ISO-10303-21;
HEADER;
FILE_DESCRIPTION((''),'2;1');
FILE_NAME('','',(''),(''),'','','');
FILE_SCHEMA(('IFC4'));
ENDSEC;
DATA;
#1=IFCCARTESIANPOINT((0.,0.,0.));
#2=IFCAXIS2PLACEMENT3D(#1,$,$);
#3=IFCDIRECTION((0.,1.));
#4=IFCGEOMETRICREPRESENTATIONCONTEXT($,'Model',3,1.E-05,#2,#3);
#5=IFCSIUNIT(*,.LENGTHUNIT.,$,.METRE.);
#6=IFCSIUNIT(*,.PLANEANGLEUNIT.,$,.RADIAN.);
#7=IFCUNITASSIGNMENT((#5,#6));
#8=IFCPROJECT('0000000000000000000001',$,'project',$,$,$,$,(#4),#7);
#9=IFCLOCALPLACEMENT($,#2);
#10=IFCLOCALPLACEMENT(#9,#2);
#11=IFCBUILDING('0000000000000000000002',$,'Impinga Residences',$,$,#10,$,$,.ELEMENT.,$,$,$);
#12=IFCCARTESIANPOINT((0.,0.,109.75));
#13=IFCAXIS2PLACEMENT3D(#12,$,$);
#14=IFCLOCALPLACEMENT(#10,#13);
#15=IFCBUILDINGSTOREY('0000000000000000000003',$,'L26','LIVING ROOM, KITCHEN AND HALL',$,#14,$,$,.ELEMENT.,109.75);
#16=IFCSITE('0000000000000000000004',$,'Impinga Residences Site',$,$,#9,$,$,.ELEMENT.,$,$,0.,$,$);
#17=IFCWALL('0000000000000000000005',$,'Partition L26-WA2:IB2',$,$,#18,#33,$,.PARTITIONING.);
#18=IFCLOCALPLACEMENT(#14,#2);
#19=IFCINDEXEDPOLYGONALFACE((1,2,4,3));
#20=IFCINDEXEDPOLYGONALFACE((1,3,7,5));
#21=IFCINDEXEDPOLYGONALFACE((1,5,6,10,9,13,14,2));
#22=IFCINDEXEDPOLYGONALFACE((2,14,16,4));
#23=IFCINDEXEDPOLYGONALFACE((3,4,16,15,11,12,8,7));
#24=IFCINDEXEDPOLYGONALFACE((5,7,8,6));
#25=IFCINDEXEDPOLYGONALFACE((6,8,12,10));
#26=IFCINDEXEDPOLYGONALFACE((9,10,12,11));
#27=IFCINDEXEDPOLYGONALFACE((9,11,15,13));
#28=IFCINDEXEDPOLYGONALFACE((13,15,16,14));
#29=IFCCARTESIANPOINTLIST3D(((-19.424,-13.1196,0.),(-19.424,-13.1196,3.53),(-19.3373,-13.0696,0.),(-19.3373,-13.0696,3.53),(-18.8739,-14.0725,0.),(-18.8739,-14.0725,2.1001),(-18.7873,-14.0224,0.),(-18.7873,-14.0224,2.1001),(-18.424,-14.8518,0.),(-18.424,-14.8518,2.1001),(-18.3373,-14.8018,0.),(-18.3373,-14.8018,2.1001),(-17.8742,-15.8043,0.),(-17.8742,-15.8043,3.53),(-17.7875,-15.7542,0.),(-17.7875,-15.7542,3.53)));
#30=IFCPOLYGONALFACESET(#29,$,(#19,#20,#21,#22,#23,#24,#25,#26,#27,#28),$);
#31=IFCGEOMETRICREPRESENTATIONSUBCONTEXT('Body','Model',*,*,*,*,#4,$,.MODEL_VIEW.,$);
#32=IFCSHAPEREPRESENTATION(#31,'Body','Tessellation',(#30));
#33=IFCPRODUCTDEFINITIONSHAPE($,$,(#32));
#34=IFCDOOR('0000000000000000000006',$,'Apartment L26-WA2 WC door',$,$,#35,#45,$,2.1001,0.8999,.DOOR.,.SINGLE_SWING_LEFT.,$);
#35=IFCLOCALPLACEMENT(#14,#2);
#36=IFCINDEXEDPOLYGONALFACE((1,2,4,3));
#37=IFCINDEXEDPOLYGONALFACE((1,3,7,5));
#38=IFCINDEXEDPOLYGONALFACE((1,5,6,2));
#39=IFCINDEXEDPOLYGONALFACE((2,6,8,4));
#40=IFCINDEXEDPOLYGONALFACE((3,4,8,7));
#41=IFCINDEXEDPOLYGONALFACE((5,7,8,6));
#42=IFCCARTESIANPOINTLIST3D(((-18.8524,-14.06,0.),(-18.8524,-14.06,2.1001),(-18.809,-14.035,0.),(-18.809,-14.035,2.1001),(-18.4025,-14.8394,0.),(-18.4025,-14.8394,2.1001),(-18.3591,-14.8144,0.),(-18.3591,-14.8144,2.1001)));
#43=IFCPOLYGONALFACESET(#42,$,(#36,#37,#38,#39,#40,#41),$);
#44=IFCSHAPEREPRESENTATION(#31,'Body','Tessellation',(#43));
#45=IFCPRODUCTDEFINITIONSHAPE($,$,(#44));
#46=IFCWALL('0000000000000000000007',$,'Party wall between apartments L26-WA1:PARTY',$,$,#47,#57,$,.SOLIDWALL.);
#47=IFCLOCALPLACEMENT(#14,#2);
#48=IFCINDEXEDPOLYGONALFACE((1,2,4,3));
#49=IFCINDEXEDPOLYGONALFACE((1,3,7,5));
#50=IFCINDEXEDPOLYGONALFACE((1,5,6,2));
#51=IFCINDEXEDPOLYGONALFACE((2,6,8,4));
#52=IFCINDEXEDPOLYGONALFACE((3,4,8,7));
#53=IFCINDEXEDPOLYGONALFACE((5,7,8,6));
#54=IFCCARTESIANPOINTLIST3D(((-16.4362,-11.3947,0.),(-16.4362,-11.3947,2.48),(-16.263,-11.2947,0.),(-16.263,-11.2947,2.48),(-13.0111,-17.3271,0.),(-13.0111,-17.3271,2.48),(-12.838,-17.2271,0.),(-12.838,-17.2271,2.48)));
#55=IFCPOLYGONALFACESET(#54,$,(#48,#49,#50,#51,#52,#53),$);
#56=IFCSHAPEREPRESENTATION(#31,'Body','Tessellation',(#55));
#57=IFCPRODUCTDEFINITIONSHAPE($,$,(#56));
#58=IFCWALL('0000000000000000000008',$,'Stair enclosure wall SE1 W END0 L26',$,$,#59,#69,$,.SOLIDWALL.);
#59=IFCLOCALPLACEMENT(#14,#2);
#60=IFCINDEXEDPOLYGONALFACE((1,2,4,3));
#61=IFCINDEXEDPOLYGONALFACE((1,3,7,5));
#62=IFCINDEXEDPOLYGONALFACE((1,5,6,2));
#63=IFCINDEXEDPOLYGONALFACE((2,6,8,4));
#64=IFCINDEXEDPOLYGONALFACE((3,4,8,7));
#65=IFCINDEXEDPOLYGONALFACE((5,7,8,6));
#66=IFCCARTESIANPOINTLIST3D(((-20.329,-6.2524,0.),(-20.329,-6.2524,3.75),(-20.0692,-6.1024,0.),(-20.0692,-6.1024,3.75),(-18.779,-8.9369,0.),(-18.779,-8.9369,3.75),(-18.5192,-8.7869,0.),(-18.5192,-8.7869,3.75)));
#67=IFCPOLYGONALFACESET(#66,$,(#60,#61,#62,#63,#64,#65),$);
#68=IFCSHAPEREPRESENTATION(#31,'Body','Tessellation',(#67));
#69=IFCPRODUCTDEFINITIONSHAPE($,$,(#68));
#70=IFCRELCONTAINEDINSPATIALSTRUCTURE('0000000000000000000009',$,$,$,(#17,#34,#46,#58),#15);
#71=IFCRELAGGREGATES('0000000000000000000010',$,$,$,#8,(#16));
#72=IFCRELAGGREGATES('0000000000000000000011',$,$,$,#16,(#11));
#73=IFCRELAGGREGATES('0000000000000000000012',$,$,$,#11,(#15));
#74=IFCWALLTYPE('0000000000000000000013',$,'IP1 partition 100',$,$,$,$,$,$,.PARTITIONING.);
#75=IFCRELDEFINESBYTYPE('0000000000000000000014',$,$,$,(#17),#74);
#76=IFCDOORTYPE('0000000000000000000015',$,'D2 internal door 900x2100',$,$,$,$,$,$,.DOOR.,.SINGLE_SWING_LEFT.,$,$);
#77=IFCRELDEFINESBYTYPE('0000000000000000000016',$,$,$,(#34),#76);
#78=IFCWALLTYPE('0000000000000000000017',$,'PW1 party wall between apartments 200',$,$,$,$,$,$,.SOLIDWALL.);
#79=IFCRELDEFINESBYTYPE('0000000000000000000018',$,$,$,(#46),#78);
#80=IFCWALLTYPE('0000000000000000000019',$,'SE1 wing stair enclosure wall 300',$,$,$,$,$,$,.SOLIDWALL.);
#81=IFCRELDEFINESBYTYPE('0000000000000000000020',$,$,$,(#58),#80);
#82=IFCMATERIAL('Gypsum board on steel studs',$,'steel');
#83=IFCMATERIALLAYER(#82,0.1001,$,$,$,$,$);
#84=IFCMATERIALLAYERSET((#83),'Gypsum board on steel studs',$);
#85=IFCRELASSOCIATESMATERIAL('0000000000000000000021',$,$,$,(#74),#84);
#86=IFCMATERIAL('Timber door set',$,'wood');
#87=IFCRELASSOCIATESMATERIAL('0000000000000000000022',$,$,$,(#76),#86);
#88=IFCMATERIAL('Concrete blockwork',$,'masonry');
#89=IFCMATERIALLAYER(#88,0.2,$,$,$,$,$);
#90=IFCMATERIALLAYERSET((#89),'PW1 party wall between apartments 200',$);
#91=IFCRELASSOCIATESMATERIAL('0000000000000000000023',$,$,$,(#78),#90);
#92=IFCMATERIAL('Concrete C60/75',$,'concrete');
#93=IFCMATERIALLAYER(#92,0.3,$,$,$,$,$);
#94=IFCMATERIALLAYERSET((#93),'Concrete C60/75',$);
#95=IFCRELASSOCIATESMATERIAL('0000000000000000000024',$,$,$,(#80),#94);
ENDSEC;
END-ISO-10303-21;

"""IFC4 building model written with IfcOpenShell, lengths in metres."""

from ifc_helpers import new_model, si_unit, direction, frame, frame_2d, origin, place, context, subcontext, project, spatial, rectangle, extrude, material, layer, layer_set, type_object, element, fill, save


model = new_model("IFC4")

# Units and contexts
model_context = context("Model", 3, precision=1e-05, world=origin(), true_north=direction((0.0, 1.0)))
body_context = subcontext(model_context, "Body", "Model", "MODEL_VIEW")
ifc_project = project(units=[si_unit("LENGTHUNIT", "METRE"), si_unit("PLANEANGLEUNIT", "RADIAN")], contexts=[model_context])

# Site, building, storey
site_placement = place(None, origin())
site = spatial("IfcSite", under=ifc_project, at=site_placement, Name="Impinga Residences Site", CompositionType="ELEMENT", RefElevation=0.0)
building_placement = place(site_placement, origin())
building = spatial("IfcBuilding", under=site, at=building_placement, Name="Impinga Residences", CompositionType="ELEMENT")
storey_placement = place(building_placement, frame((0.0, 0.0, 109.75)))
storey = spatial("IfcBuildingStorey", under=building, at=storey_placement, Name="L26", Description="LIVING ROOM, KITCHEN AND HALL", CompositionType="ELEMENT", Elevation=109.75)

# Shared definitions
ifc_material_1 = material(Name="Concrete C60/75", Category="concrete")

# Shared definitions
ifc_material_2 = material(Name="Gypsum board on steel studs", Category="steel")
ifc_layer_1 = layer(ifc_material_2, 0.1001)
ifc_layer_set_1 = layer_set([ifc_layer_1], Name="Gypsum board on steel studs")
wall_type_1 = type_object("IfcWallType", Name="IP1 partition 100", PredefinedType="PARTITIONING", material=ifc_layer_set_1)

# Shared definitions
ifc_material_3 = material(Name="Timber door set", Category="wood")
door_type = type_object("IfcDoorType", Name="D2 internal door 900x2100", OperationType="SINGLE_SWING_LEFT", PredefinedType="DOOR", material=ifc_material_3)

# Wall, opening, door
wall_1_placement = place(storey_placement, frame((-19.3806, -13.0947, 0.0), z_axis=(0.0, 0.0, 1.0), x_axis=(0.499968, -0.866044, 0.0)))
wall_1 = element("IfcWall", 1, at=wall_1_placement, inside=storey, type_object=wall_type_1, Name="Partition L26-WA2:IB2", PredefinedType="PARTITIONING", context=body_context, shape_type="SweptSolid", body=[
    extrude(rectangle(XDim=3.0999, YDim=0.1001, at=frame_2d((1.5498, 0.0))), origin(), (0.0, 0.0, 1.0), 3.53),
])
opening_1_placement = place(wall_1_placement, frame((1.1001, 0.0, 0.0)))
opening_1 = element("IfcOpeningElement", 2, at=opening_1_placement, cuts=wall_1, PredefinedType="OPENING", context=body_context, shape_type="SweptSolid", body=[
    extrude(rectangle(XDim=0.8999, YDim=2.1001, at=frame_2d((0.45, 1.05))), frame((0.0, 0.0601, 0.0), z_axis=(0.0, -1.0, 0.0), x_axis=(1.0, 0.0, 0.0)), (0.0, 0.0, 1.0), 0.1201),
])
door_1_placement = place(opening_1_placement, origin())
door_1 = element("IfcDoor", 3, at=door_1_placement, inside=storey, type_object=door_type, Name="Apartment L26-WA2 WC door", OperationType="SINGLE_SWING_LEFT", OverallHeight=2.1001, OverallWidth=0.8999, PredefinedType="DOOR", context=body_context, shape_type="SweptSolid", body=[
    extrude(rectangle(XDim=0.8999, YDim=2.1001, at=frame_2d((0.45, 1.05))), frame((0.0, 0.0249, 0.0), z_axis=(0.0, -1.0, 0.0), x_axis=(1.0, 0.0, 0.0)), (0.0, 0.0, 1.0), 0.05),
])
fill(opening_1, door_1)

# Walls
ifc_material_4 = material(Name="Concrete blockwork", Category="masonry")
ifc_layer_2 = layer(ifc_material_4, 0.2)
ifc_layer_set_2 = layer_set([ifc_layer_2], Name="PW1 party wall between apartments 200")
wall_type_2 = type_object("IfcWallType", Name="PW1 party wall between apartments 200", PredefinedType="SOLIDWALL", material=ifc_layer_set_2)
wall_2_placement = place(storey_placement, frame((-16.3496, -11.3447, 0.0), z_axis=(0.0, 0.0, 1.0), x_axis=(0.499999, -0.866026, 0.0)))
element("IfcWall", 4, at=wall_2_placement, inside=storey, type_object=wall_type_2, Name="Party wall between apartments L26-WA1:PARTY", PredefinedType="SOLIDWALL", context=body_context, shape_type="SweptSolid", body=[
    extrude(rectangle(XDim=6.8501, YDim=0.2, at=frame_2d((3.425, 0.0))), origin(), (0.0, 0.0, 1.0), 2.48),
])
ifc_layer_3 = layer(ifc_material_1, 0.3)
ifc_layer_set_3 = layer_set([ifc_layer_3], Name="Concrete C60/75")
wall_type_3 = type_object("IfcWallType", Name="SE1 wing stair enclosure wall 300", PredefinedType="SOLIDWALL", material=ifc_layer_set_3)
wall_3_placement = place(storey_placement, frame((-18.6492, -8.8618, 0.0), z_axis=(0.0, 0.0, 1.0), x_axis=(-0.500027, 0.86601, 0.0)))
element("IfcWall", 5, at=wall_3_placement, inside=storey, type_object=wall_type_3, Name="Stair enclosure wall SE1 W END0 L26", PredefinedType="SOLIDWALL", context=body_context, shape_type="SweptSolid", body=[
    extrude(rectangle(XDim=3.0999, YDim=0.3, at=frame_2d((1.5498, 0.0))), origin(), (0.0, 0.0, 1.0), 3.75),
])

save(model, "model.ifc")
